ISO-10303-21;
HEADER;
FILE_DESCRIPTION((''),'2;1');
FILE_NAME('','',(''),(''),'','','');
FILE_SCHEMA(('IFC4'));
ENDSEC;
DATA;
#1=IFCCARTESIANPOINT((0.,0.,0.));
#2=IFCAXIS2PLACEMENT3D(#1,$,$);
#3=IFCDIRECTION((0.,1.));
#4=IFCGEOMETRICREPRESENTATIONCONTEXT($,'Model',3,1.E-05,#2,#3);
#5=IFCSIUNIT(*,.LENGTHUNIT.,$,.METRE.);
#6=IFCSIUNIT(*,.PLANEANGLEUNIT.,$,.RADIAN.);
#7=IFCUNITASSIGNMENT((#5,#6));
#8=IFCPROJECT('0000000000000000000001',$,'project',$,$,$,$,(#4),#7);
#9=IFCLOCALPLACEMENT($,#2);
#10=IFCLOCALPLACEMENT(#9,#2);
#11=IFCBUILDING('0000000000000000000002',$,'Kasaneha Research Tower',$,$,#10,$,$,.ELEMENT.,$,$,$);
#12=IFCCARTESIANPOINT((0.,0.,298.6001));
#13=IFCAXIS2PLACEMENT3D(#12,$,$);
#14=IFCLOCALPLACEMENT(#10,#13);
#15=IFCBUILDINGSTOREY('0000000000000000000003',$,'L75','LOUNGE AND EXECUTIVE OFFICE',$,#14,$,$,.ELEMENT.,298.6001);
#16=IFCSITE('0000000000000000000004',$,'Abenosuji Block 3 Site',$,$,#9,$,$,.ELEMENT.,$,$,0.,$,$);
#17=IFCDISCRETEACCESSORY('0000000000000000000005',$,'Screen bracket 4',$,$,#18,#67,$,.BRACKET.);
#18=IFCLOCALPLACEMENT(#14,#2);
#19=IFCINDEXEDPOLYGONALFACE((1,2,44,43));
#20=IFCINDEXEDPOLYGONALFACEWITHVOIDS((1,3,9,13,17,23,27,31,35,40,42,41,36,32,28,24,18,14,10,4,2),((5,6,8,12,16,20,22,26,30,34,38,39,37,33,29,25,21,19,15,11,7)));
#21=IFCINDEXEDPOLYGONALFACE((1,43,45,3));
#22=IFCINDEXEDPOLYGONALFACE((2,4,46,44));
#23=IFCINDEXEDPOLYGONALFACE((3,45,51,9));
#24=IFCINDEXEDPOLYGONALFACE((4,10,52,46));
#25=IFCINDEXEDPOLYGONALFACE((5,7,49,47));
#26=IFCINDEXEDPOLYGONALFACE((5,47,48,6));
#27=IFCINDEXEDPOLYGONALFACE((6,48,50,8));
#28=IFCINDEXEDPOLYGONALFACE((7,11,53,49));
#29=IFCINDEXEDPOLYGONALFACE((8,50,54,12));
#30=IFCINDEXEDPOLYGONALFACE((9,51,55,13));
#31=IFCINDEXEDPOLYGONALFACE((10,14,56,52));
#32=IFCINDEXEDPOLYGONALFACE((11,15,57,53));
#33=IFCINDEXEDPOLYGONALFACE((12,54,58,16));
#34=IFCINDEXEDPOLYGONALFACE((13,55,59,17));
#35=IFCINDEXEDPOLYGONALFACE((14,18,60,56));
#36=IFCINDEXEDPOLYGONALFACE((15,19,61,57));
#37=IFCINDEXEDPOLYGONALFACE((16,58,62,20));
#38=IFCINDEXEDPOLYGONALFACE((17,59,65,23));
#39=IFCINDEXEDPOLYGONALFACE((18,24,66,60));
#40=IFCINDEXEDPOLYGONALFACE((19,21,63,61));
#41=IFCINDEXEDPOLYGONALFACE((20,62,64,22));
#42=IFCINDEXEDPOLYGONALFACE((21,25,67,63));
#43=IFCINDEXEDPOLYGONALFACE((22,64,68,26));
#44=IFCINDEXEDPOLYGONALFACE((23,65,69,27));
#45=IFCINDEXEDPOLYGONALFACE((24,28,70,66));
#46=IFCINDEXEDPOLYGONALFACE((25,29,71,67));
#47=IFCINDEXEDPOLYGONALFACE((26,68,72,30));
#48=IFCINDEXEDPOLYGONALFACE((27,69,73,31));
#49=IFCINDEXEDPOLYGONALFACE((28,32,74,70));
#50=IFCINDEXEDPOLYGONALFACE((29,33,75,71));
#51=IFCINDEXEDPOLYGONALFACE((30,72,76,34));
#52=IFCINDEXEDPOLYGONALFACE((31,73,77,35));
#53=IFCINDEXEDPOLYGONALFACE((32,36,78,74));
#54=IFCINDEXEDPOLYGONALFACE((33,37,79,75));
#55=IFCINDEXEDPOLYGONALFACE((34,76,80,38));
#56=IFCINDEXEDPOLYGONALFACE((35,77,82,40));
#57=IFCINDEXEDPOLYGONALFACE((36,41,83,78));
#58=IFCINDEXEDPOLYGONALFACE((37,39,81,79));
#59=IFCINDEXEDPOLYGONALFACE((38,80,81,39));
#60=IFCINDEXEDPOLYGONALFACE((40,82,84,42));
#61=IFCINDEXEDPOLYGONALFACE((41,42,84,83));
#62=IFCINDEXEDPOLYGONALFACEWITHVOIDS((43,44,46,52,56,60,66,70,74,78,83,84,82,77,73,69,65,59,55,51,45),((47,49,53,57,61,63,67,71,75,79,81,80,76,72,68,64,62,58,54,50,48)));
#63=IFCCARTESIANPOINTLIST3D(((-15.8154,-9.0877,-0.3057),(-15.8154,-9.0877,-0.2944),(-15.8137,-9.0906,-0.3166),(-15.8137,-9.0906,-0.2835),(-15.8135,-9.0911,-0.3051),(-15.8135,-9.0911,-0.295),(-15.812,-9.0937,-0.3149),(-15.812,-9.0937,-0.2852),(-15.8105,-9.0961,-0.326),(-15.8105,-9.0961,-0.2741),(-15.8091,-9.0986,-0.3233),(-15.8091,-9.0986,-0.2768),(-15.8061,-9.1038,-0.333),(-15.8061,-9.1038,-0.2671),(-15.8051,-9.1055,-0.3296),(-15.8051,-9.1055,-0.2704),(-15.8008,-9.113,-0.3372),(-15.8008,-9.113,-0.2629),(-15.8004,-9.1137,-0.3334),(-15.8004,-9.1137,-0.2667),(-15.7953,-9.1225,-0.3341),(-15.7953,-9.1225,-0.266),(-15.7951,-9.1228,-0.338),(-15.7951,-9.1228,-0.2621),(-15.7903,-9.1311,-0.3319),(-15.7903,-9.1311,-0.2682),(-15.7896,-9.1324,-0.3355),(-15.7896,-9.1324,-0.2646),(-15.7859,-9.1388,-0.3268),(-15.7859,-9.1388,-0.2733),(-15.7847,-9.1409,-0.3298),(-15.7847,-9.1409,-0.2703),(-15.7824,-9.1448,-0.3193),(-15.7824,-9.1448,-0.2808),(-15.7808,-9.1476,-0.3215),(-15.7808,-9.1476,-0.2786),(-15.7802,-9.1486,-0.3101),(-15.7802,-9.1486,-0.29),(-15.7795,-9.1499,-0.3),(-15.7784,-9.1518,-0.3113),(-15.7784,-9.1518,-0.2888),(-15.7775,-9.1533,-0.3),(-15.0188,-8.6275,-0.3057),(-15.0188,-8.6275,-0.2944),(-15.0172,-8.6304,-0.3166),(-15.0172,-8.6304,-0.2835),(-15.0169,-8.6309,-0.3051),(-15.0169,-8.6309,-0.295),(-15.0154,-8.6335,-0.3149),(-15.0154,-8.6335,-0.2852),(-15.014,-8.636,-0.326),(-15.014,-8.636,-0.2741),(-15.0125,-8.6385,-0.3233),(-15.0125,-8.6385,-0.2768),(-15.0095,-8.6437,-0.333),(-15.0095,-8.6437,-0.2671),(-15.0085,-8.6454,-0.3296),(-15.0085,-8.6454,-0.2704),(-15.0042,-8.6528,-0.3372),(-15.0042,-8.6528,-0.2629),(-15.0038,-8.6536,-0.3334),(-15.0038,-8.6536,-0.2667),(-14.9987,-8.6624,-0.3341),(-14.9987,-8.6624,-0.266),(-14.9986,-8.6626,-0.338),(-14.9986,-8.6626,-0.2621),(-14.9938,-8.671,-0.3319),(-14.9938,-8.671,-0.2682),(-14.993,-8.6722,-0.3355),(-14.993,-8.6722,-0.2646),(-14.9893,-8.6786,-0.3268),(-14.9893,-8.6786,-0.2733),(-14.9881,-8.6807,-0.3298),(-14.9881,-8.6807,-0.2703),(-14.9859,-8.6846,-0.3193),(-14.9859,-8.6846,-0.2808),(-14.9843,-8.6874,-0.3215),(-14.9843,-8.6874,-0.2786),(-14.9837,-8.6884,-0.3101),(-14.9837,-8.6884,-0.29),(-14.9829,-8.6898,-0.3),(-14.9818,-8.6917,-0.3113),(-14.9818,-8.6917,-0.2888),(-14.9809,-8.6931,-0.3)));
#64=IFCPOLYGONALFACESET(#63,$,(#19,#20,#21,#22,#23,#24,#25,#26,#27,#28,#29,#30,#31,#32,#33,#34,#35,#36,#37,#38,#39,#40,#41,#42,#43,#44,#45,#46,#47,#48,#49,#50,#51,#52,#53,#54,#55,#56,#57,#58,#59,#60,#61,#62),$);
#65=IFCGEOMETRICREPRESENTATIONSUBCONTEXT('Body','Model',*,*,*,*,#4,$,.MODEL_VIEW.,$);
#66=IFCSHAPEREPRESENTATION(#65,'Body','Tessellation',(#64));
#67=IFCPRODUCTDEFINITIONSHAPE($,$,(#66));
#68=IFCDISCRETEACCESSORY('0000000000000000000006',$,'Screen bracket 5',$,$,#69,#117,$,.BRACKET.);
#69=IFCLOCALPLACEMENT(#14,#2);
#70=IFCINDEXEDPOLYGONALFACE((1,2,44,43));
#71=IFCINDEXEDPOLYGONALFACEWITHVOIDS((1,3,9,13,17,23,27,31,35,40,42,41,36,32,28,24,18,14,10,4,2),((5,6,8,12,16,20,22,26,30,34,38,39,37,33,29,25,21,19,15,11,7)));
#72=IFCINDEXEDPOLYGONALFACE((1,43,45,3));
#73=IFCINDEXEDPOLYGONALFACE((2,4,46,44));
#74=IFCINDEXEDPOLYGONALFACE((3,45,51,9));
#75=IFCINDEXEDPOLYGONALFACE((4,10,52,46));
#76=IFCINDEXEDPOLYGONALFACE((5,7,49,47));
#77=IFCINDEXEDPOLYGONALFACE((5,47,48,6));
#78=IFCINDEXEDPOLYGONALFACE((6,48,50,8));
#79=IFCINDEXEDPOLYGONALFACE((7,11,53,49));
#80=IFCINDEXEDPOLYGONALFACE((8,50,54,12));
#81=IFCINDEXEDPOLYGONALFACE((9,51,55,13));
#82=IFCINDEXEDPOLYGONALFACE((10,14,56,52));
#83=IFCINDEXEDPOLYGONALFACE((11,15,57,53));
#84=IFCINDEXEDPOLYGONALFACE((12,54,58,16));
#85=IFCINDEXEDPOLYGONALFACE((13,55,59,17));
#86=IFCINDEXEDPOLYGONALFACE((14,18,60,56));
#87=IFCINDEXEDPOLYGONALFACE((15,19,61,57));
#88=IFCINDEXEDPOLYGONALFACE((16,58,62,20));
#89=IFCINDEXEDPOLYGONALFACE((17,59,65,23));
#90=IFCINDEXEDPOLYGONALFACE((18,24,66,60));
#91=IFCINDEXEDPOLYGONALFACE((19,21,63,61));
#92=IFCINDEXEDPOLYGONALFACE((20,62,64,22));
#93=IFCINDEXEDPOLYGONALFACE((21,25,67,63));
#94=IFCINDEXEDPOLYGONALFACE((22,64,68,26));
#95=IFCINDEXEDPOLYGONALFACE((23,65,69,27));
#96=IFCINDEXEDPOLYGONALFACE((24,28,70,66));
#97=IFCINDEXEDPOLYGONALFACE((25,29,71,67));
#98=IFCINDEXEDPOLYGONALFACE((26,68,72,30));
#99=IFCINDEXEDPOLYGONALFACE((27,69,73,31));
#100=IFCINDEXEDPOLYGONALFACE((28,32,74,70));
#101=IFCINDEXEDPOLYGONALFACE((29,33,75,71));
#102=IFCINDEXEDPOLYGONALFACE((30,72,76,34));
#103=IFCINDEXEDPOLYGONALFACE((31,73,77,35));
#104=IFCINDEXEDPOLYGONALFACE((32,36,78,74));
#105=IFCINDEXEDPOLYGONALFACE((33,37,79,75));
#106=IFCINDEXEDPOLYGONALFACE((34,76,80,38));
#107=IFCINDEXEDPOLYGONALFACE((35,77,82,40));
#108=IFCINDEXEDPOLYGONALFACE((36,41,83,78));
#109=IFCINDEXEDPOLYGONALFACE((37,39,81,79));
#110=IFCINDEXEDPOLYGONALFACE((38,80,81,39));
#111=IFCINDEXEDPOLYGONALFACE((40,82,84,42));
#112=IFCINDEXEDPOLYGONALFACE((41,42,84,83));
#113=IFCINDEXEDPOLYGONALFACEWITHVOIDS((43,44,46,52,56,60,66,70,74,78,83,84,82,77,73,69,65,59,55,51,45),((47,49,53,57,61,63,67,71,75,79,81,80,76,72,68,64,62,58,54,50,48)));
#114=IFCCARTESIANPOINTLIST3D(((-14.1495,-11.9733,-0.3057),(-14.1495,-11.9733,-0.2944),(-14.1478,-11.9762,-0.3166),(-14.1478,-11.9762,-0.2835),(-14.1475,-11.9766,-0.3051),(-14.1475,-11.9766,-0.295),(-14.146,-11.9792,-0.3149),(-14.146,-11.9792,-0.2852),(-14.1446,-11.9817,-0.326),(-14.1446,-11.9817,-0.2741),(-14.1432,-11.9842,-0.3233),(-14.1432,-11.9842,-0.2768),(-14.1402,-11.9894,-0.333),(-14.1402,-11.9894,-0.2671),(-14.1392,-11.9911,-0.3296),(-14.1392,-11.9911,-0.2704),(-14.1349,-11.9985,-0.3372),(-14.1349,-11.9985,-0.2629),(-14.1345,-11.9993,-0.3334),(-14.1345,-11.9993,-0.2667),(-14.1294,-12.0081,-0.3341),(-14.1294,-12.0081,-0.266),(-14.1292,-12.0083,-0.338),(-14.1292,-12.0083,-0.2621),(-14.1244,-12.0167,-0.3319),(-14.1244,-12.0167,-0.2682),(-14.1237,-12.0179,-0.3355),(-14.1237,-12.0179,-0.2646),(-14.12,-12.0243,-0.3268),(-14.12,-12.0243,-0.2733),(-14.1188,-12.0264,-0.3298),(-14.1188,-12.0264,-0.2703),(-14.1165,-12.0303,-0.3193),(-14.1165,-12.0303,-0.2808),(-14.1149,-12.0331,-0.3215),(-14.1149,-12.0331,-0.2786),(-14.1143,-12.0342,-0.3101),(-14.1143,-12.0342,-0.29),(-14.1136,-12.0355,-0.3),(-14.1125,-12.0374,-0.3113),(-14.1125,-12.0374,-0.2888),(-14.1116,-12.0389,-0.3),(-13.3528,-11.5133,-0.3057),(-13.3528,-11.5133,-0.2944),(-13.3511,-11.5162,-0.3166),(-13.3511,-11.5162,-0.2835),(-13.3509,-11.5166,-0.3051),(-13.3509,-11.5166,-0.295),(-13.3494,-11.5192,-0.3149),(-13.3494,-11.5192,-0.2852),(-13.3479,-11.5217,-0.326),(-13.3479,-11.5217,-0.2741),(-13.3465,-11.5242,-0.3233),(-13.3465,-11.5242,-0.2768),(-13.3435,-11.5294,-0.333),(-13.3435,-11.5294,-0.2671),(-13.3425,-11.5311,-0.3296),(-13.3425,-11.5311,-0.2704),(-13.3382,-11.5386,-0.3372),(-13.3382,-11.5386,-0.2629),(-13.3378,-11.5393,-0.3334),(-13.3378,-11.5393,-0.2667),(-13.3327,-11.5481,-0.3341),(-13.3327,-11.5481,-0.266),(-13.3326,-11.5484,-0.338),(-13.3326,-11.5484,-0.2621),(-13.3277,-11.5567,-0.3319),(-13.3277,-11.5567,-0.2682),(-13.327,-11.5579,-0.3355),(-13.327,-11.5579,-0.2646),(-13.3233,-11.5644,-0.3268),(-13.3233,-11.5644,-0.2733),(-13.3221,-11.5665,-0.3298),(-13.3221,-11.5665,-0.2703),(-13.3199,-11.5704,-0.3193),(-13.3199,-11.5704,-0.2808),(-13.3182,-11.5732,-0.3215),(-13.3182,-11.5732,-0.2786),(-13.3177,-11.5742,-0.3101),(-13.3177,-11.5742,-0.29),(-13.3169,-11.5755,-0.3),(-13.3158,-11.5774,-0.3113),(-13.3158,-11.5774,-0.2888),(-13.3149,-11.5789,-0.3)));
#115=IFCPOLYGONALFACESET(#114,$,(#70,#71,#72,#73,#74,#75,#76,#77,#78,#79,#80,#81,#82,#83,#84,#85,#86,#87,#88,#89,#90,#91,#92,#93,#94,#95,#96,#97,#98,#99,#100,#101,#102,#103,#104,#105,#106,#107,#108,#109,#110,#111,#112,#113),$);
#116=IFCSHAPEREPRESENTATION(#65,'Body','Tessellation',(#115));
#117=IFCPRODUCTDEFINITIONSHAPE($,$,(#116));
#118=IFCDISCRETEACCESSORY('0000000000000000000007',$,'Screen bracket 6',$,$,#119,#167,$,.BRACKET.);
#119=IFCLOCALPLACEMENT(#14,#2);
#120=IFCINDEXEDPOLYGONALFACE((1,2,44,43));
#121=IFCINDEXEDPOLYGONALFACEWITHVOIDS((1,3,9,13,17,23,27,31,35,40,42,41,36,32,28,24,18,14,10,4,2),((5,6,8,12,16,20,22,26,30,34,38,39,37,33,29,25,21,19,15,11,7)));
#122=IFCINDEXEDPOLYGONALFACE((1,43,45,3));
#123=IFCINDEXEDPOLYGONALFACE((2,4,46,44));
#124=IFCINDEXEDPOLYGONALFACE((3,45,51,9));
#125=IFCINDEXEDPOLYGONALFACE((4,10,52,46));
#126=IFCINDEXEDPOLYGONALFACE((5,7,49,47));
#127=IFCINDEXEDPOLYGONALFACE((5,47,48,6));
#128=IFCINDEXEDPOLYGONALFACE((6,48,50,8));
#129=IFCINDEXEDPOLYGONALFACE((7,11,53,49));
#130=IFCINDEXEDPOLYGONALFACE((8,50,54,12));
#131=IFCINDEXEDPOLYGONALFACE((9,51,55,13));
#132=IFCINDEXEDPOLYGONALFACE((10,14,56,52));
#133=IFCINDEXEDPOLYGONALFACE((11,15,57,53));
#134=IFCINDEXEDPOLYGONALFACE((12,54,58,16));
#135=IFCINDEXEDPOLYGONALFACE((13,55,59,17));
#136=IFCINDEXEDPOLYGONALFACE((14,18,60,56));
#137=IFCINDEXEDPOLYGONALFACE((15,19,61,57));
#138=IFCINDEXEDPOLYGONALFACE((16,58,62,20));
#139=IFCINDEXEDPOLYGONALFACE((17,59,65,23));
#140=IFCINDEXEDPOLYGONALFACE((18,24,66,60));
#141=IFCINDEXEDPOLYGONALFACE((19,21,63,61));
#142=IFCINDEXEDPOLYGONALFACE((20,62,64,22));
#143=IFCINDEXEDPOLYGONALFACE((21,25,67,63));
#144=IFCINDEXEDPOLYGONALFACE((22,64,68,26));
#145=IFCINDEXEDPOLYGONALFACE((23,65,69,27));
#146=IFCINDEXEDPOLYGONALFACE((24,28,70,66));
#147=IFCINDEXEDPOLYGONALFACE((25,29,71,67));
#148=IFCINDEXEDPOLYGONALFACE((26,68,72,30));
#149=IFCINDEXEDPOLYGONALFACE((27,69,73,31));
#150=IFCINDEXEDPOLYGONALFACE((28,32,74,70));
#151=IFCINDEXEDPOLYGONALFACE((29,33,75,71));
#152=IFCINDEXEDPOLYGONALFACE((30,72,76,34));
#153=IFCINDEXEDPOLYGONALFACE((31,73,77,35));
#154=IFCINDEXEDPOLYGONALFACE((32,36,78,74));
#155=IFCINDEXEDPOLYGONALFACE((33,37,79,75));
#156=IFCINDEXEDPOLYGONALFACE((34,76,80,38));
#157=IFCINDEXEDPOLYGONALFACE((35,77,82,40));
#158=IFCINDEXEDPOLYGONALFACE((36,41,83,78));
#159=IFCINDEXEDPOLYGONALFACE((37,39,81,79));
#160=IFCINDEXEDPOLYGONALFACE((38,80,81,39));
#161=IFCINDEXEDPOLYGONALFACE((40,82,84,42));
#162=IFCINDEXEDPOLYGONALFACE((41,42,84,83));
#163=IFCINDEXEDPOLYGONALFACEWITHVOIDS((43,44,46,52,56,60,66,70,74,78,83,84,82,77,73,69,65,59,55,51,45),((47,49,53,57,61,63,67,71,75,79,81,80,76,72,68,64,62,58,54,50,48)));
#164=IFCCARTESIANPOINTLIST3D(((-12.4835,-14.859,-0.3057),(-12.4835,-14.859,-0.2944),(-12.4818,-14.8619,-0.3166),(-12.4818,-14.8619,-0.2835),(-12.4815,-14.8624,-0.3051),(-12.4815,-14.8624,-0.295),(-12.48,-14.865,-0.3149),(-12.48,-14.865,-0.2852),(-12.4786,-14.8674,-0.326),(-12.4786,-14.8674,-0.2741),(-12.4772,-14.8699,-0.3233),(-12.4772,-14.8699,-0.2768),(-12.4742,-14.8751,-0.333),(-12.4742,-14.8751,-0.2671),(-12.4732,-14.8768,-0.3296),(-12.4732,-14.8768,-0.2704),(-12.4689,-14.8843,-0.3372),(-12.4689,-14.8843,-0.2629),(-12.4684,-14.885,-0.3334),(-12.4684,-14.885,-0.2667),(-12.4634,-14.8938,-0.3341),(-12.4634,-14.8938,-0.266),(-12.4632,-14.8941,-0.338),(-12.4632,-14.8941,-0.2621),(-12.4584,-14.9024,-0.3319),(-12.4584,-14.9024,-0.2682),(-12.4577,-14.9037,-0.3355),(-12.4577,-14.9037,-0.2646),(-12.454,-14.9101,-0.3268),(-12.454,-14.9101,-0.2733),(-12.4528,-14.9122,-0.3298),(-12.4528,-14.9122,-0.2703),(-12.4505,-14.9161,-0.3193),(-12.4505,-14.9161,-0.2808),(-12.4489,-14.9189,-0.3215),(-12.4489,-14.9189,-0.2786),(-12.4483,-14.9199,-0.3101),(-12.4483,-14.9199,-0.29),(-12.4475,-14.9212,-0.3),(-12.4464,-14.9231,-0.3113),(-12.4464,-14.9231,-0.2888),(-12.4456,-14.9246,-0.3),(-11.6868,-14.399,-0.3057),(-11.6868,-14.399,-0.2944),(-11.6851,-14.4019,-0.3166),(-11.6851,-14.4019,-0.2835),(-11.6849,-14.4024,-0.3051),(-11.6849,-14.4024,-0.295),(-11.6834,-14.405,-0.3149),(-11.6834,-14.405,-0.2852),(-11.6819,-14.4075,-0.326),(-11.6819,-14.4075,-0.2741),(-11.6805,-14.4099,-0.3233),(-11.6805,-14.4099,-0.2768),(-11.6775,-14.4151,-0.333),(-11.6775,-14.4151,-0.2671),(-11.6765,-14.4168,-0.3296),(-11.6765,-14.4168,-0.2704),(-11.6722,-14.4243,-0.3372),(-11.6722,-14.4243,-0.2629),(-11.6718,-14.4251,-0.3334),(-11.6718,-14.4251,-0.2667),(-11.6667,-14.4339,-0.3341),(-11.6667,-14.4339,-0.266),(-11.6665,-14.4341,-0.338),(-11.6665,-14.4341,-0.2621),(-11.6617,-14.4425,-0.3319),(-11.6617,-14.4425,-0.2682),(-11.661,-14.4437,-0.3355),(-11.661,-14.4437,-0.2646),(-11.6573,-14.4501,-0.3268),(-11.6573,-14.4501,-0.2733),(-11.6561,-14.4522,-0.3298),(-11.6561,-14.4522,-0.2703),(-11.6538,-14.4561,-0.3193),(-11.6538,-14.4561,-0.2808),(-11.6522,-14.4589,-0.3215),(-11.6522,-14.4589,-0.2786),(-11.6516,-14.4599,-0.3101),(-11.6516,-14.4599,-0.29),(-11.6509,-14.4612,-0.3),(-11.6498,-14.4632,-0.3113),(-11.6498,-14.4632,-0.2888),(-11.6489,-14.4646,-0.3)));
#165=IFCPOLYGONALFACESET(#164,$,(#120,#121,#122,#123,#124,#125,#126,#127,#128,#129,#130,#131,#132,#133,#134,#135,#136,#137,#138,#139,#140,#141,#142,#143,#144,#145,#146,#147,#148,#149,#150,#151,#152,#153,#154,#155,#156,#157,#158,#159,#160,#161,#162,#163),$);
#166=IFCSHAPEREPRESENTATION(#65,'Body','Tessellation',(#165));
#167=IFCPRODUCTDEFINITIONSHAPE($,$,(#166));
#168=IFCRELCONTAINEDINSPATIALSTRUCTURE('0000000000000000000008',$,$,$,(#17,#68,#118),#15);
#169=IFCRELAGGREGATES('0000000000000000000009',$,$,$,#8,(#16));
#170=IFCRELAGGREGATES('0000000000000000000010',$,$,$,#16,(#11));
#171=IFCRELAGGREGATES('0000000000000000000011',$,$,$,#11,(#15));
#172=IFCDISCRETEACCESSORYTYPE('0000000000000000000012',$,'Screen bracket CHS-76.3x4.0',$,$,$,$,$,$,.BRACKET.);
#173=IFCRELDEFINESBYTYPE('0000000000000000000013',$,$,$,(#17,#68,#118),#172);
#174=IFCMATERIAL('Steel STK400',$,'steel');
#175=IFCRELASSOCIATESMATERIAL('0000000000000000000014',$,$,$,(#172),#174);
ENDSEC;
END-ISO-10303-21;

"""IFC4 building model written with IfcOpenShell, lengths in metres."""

from ifc_helpers import new_model, si_unit, direction, frame, origin, origin_2d, place, context, subcontext, project, spatial, hollow_circle, extrude, material, material_profile, profile_set, type_object, element, save


model = new_model("IFC4")

# Units and contexts
model_context = context("Model", 3, precision=1e-05, world=origin(), true_north=direction((0.0, 1.0)))
body_context = subcontext(model_context, "Body", "Model", "MODEL_VIEW")
ifc_project = project(units=[si_unit("LENGTHUNIT", "METRE"), si_unit("PLANEANGLEUNIT", "RADIAN")], contexts=[model_context])

# Site, building, storey
site_placement = place(None, origin())
site = spatial("IfcSite", under=ifc_project, at=site_placement, Name="Abenosuji Block 3 Site", CompositionType="ELEMENT", RefElevation=0.0)
building_placement = place(site_placement, origin())
building = spatial("IfcBuilding", under=site, at=building_placement, Name="Kasaneha Research Tower", CompositionType="ELEMENT")
storey_placement = place(building_placement, frame((0.0, 0.0, 298.6001)))
storey = spatial("IfcBuildingStorey", under=building, at=storey_placement, Name="L75", Description="LOUNGE AND EXECUTIVE OFFICE", CompositionType="ELEMENT", Elevation=298.6001)

# Discrete accessories
ifc_material_1 = material(Name="Steel STK400", Category="steel")
ifc_material_profile_1 = material_profile(ifc_material_1, hollow_circle(Radius=0.0381, WallThickness=0.0039, at=origin_2d()), Name="CHS-76.3x4.0")
ifc_profile_set_1 = profile_set([ifc_material_profile_1], Name="Steel STK400")
discrete_accessory_type = type_object("IfcDiscreteAccessoryType", Name="Screen bracket CHS-76.3x4.0", PredefinedType="BRACKET", material=ifc_profile_set_1)
for number, where, z_axis, x_axis, name in (
    (1, (-15.0, -8.6602, -0.3), (-0.865898, -0.50022, 0.0), (0.50022, -0.865898, 0.0), "Screen bracket 4"),
    (2, (-13.334, -11.5459, -0.3), (-0.866013, -0.500021, 0.0), (0.500021, -0.866013, 0.0), "Screen bracket 5"),
    (3, (-11.668, -14.4316, -0.3), (-0.866013, -0.500021, 0.0), (0.500021, -0.866013, 0.0), "Screen bracket 6"),
):
    element("IfcDiscreteAccessory", number, at=place(storey_placement, frame(where, z_axis=z_axis, x_axis=x_axis)), inside=storey, type_object=discrete_accessory_type, Name=name, PredefinedType="BRACKET", context=body_context, shape_type="SweptSolid", body=[
        extrude(hollow_circle(Radius=0.0381, WallThickness=0.0039, at=origin_2d()), origin(), (0.0, 0.0, 1.0), 0.9199),
    ])

save(model, "model.ifc")
